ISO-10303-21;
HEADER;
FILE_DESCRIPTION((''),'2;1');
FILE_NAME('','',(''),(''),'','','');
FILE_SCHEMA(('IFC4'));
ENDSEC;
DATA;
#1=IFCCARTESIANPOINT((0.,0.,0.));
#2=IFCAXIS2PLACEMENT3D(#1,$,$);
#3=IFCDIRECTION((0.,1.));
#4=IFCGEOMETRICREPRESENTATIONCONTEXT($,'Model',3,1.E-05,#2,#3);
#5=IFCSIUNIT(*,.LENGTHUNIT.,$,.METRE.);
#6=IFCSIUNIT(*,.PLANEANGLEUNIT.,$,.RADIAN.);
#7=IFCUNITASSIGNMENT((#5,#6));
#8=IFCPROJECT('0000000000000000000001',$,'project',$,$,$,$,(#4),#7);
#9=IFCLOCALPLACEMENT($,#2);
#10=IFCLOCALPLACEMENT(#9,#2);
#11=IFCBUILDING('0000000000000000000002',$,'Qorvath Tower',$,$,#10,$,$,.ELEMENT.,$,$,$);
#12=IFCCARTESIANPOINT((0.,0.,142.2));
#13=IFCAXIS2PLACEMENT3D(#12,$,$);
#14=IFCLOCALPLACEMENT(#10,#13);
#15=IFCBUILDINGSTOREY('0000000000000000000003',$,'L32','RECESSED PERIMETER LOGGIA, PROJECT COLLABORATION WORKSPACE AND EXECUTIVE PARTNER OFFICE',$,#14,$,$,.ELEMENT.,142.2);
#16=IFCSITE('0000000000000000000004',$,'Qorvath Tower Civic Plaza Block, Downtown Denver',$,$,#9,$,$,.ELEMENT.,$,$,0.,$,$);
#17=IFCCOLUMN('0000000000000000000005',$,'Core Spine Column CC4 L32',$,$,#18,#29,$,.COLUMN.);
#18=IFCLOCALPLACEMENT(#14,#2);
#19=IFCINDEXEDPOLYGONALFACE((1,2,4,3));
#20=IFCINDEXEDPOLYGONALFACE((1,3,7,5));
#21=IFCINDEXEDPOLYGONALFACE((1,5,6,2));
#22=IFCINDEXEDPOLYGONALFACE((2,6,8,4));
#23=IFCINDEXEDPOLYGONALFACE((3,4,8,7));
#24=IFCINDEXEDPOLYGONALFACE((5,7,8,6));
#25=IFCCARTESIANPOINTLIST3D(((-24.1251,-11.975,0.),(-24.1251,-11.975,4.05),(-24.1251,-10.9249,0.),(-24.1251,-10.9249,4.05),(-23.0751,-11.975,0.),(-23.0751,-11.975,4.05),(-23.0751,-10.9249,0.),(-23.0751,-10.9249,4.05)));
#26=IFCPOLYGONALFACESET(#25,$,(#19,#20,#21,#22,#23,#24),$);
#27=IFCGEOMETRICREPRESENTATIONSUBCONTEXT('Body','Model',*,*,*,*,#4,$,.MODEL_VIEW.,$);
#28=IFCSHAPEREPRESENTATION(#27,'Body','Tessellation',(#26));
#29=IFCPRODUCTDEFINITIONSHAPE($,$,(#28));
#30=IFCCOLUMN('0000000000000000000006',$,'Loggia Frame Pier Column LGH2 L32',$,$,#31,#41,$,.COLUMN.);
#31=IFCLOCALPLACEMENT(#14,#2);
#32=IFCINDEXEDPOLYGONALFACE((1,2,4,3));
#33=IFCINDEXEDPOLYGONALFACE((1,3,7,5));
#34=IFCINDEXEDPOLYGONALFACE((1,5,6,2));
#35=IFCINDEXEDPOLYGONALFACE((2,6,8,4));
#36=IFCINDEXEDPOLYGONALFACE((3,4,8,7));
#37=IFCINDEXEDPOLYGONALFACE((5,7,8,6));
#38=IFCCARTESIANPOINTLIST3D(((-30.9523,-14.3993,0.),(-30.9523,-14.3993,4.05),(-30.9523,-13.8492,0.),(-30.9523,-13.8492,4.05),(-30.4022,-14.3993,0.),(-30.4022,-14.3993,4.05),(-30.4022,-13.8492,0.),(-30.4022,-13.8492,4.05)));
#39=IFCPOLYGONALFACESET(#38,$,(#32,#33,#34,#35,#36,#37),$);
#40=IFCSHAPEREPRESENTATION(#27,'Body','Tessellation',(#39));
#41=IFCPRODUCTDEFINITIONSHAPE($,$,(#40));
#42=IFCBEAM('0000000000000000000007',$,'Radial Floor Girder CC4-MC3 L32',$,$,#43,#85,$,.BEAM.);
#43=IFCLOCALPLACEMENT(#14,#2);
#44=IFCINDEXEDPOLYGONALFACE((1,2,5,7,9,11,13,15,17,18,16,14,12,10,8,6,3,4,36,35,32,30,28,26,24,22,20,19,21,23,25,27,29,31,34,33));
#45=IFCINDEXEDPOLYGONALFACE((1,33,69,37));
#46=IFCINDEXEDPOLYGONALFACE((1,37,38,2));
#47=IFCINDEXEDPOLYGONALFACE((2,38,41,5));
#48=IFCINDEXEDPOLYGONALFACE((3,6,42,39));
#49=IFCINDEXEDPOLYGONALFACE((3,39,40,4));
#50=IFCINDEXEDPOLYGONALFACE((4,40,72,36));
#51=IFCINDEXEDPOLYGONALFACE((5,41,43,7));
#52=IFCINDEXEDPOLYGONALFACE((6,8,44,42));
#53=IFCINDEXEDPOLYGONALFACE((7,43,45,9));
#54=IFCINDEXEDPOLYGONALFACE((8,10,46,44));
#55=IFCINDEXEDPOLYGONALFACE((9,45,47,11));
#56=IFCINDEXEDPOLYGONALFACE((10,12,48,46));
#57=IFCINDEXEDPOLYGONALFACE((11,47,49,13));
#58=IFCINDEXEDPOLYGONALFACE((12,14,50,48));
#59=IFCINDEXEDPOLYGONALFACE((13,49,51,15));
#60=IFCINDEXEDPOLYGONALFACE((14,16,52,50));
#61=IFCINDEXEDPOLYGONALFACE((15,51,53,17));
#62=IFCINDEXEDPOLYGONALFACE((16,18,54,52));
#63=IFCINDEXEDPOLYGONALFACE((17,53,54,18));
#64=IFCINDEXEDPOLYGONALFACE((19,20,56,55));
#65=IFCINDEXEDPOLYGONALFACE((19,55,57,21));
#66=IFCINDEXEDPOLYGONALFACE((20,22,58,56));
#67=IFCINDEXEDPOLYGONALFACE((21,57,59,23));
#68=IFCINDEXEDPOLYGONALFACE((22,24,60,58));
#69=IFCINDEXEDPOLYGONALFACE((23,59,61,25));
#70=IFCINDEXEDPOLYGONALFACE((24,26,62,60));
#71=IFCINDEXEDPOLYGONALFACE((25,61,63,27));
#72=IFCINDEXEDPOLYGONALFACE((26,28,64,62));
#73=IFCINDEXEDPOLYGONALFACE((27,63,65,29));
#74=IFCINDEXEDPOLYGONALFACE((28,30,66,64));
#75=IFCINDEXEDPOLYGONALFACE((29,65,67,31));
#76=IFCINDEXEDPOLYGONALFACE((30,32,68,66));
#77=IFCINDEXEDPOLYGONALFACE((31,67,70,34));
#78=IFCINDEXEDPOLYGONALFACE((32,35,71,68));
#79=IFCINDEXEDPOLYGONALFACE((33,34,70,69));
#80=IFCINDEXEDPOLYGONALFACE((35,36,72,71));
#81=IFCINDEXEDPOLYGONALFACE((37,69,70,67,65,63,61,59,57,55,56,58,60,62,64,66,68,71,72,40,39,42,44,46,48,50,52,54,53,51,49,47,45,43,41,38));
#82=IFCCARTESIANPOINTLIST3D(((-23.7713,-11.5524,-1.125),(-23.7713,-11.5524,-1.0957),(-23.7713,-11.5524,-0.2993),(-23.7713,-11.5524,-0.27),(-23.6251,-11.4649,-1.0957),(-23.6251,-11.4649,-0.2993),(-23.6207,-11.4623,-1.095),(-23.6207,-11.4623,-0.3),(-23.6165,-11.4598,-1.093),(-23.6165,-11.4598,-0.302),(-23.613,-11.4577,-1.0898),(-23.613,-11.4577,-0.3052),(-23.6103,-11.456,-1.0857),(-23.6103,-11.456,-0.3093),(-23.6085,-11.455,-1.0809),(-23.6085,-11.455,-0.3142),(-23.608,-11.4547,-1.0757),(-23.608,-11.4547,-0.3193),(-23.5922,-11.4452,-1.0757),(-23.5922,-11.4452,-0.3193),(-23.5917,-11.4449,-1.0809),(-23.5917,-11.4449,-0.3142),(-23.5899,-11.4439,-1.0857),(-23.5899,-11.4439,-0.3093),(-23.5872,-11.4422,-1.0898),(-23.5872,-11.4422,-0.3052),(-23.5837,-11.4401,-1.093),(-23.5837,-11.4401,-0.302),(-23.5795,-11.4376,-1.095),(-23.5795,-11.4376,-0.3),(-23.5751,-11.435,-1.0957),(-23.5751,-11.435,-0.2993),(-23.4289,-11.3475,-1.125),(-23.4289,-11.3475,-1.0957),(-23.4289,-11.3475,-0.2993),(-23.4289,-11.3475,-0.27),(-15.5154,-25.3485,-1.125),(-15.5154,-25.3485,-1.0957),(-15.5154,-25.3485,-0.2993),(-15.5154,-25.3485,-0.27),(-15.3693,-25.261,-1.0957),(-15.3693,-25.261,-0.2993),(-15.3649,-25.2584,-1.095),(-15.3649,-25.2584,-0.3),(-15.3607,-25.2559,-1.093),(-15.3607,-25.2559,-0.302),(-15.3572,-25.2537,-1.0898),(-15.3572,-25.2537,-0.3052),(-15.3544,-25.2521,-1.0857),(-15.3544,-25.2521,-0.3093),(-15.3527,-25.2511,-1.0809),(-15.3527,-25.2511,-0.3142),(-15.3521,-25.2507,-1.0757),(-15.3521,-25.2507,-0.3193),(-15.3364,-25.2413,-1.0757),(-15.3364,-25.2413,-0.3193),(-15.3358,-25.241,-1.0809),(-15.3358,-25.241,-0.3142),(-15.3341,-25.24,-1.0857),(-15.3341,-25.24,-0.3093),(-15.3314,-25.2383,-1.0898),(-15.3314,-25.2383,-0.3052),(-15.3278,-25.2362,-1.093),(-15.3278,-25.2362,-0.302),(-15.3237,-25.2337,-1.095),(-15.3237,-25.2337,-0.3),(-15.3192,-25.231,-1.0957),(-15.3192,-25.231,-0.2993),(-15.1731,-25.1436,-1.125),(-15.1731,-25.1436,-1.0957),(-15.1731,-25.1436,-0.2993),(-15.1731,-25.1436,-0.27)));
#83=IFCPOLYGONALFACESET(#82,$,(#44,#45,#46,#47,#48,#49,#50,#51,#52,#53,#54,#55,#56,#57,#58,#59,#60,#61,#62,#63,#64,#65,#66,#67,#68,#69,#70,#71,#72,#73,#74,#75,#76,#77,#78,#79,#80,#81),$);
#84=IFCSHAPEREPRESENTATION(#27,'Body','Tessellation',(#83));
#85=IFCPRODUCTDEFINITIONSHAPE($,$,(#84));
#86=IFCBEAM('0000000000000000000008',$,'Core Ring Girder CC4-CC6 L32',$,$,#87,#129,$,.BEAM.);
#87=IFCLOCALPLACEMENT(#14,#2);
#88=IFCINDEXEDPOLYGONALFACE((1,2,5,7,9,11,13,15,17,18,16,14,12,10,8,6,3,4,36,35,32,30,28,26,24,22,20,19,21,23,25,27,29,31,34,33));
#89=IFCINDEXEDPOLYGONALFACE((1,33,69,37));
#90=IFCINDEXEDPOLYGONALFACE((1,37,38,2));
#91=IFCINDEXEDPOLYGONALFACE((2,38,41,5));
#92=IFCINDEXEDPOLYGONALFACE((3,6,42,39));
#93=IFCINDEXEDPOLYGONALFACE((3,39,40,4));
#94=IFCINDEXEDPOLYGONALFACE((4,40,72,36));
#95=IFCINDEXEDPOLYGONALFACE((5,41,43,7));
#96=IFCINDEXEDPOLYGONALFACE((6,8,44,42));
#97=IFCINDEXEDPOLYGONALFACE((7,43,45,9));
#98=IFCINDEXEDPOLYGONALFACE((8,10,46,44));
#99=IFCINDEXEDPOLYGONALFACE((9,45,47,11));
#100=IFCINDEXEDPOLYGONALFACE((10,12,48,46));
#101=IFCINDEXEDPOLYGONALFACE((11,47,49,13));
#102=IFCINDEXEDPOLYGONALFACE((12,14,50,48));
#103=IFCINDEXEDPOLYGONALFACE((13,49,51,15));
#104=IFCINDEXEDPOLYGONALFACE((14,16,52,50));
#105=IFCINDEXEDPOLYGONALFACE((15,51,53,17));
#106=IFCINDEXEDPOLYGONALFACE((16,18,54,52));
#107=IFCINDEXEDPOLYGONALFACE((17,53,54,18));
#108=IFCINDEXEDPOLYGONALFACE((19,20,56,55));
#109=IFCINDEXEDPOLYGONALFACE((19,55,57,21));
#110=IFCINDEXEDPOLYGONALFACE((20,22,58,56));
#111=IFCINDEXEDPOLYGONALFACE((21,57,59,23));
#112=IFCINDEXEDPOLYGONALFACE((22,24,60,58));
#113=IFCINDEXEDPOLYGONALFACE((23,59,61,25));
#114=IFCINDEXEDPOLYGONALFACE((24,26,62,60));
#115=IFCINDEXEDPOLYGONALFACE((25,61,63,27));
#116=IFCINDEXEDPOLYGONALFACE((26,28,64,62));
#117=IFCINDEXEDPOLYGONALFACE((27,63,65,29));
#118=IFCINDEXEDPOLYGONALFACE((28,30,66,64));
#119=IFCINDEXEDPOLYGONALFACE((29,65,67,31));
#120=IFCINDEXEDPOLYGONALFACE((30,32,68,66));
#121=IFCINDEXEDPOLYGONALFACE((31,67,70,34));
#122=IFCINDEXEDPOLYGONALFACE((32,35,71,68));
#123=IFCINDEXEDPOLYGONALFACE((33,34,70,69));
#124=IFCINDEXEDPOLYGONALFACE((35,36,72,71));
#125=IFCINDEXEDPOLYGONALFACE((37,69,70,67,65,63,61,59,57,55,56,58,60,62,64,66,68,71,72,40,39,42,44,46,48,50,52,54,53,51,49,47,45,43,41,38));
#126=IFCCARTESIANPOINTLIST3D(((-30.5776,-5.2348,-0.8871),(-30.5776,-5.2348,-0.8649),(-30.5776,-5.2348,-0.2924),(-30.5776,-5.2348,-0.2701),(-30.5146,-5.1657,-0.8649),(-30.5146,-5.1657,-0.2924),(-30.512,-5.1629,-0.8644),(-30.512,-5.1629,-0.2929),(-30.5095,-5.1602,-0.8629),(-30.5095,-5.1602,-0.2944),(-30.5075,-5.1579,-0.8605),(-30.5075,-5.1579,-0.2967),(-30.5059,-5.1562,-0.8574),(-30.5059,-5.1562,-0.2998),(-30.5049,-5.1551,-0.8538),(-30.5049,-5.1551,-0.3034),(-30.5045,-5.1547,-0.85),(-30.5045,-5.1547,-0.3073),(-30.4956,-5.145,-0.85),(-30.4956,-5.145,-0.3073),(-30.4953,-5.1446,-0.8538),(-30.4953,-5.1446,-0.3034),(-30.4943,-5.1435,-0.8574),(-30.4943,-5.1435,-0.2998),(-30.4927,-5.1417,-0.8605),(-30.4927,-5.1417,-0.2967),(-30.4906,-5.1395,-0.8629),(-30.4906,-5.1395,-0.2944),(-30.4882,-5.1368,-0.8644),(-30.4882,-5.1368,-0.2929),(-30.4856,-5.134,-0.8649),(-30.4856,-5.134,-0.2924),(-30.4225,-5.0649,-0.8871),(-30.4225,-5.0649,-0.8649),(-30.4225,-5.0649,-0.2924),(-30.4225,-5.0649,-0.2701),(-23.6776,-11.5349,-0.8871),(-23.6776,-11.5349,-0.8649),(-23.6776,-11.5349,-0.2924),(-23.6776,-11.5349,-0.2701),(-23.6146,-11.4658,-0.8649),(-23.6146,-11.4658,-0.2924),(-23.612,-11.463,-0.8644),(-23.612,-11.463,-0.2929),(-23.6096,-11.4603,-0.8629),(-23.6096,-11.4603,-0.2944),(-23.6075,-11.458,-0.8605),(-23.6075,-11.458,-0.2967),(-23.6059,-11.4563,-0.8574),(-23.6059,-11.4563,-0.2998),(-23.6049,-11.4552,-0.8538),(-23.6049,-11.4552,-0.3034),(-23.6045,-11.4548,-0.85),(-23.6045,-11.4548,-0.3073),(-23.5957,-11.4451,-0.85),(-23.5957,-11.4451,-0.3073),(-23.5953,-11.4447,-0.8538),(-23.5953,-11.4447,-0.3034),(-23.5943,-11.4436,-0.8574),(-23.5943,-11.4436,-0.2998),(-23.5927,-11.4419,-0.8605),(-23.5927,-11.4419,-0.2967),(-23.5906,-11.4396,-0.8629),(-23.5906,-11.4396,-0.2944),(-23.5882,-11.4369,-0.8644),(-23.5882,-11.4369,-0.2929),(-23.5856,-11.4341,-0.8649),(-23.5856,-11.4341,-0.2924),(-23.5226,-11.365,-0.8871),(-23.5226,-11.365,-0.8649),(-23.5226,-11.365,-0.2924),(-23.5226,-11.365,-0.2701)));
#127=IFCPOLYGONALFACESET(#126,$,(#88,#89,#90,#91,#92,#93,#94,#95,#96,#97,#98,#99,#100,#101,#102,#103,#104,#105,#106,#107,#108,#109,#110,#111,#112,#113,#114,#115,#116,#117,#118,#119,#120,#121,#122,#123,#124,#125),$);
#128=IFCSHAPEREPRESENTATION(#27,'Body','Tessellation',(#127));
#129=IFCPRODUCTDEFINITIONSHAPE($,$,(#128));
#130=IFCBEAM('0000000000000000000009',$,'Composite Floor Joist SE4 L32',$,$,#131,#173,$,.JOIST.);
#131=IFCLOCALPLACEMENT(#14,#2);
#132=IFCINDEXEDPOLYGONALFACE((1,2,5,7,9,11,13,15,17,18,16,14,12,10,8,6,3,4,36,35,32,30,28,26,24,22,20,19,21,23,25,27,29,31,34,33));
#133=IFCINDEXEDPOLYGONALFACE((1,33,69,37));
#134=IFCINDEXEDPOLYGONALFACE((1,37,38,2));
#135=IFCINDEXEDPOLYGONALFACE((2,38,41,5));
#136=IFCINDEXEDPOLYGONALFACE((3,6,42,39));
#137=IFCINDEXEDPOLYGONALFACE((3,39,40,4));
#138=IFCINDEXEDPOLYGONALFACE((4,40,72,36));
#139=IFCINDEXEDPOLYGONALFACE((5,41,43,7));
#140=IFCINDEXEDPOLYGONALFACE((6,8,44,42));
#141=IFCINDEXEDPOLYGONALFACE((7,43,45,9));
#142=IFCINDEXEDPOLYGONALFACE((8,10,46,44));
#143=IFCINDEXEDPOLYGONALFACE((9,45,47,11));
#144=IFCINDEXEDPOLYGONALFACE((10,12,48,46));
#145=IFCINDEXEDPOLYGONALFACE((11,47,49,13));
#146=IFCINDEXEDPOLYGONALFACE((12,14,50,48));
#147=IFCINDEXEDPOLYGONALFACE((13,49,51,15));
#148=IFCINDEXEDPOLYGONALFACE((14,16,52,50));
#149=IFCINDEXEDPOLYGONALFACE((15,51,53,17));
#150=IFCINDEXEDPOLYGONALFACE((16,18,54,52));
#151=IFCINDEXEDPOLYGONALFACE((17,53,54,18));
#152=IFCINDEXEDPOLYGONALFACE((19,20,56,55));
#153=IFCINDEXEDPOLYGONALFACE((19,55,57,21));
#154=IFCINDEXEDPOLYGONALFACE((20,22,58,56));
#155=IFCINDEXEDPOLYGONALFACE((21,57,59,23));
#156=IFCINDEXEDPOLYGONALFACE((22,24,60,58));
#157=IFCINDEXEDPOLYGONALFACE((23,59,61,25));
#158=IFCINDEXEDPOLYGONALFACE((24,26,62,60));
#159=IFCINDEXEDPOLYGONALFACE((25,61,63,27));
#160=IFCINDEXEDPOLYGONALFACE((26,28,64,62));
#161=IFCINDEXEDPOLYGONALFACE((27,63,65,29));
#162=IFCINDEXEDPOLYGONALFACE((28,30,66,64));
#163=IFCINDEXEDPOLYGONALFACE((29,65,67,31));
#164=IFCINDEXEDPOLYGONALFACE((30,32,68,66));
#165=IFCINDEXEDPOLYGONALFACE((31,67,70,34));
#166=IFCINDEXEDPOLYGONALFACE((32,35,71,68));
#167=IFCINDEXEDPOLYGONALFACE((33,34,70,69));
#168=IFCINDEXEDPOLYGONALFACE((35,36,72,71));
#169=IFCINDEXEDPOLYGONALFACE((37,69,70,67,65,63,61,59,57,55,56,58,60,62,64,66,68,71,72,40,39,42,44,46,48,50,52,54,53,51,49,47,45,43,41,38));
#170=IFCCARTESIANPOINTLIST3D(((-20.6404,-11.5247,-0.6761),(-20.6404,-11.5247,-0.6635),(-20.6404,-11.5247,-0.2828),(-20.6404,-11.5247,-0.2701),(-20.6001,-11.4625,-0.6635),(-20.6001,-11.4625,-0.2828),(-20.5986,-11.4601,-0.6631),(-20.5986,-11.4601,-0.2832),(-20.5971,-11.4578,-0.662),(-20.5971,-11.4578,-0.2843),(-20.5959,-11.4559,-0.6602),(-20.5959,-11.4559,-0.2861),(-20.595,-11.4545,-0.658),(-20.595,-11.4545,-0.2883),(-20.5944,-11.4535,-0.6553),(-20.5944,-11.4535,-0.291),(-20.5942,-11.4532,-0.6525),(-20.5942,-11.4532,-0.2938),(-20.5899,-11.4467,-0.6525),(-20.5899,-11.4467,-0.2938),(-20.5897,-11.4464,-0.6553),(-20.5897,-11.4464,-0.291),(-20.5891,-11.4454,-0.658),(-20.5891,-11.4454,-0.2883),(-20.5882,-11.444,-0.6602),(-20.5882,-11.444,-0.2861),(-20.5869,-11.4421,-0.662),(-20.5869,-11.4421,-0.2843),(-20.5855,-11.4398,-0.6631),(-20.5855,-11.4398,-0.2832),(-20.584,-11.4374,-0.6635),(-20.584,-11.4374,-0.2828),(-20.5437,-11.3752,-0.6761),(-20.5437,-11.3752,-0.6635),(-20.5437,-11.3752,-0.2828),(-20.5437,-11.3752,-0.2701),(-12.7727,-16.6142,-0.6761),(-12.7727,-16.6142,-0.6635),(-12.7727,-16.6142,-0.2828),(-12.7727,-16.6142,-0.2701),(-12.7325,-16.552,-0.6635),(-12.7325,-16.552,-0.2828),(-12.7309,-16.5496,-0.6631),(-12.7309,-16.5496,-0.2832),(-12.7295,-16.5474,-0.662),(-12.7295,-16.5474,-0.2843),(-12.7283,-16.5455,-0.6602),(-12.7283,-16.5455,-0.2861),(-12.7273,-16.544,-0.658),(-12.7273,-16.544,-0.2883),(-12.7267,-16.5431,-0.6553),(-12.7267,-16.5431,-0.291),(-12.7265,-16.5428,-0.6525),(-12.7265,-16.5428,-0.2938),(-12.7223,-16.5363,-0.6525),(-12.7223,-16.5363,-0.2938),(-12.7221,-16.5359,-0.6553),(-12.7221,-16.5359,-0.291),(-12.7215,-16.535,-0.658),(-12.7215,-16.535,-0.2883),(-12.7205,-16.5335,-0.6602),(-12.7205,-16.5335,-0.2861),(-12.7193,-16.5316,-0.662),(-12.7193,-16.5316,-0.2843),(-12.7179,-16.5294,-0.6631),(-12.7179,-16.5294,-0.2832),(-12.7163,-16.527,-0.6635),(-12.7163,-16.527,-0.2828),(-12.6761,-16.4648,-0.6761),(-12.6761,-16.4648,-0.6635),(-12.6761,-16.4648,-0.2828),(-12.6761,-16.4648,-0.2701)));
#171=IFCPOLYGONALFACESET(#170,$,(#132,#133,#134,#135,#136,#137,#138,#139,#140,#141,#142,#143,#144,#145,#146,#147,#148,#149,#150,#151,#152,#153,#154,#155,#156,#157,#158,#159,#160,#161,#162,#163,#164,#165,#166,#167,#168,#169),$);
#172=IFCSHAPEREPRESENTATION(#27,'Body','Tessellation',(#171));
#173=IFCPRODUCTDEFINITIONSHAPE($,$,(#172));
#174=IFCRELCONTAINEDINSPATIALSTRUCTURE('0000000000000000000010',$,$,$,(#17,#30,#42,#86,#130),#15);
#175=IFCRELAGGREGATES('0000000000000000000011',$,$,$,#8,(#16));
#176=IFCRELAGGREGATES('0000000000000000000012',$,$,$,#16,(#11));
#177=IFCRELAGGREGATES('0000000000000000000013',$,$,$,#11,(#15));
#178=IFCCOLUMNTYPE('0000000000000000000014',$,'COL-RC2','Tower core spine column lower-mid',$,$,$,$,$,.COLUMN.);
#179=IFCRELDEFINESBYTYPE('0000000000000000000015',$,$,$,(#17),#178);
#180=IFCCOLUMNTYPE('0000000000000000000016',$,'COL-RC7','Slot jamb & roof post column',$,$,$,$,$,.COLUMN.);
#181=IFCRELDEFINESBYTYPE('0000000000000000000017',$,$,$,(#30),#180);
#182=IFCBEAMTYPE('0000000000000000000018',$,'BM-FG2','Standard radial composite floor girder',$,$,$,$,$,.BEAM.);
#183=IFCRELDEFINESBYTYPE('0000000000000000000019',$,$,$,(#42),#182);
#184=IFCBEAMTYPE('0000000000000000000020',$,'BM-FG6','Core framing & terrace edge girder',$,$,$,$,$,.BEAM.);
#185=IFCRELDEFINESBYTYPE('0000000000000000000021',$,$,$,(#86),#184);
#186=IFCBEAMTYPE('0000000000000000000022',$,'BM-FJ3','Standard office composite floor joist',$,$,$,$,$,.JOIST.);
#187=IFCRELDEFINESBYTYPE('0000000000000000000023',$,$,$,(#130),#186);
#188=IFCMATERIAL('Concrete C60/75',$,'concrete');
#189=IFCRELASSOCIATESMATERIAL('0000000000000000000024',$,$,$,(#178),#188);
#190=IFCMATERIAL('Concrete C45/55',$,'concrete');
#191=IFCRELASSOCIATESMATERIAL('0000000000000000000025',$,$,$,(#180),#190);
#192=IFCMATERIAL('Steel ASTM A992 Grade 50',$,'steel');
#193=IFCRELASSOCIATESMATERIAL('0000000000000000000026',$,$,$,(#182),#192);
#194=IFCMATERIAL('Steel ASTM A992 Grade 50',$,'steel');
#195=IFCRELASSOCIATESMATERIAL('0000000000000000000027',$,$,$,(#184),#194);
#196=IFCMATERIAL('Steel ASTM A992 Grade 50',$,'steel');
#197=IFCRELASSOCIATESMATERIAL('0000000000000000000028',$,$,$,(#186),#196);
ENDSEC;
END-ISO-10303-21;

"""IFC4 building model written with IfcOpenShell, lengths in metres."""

from ifc_helpers import new_model, si_unit, direction, frame, origin, origin_2d, place, context, subcontext, project, spatial, rectangle, i_section, extrude, material, material_profile, profile_set, type_object, element, save


model = new_model("IFC4")

# Units and contexts
model_context = context("Model", 3, precision=1e-05, world=origin(), true_north=direction((0.0, 1.0)))
body_context = subcontext(model_context, "Body", "Model", "MODEL_VIEW")
ifc_project = project(units=[si_unit("LENGTHUNIT", "METRE"), si_unit("PLANEANGLEUNIT", "RADIAN")], contexts=[model_context])

# Site, building, storey
site_placement = place(None, origin())
site = spatial("IfcSite", under=ifc_project, at=site_placement, Name="Qorvath Tower Civic Plaza Block, Downtown Denver", CompositionType="ELEMENT", RefElevation=0.0)
building_placement = place(site_placement, origin())
building = spatial("IfcBuilding", under=site, at=building_placement, Name="Qorvath Tower", CompositionType="ELEMENT")
storey_placement = place(building_placement, frame((0.0, 0.0, 142.2)))
storey = spatial("IfcBuildingStorey", under=building, at=storey_placement, Name="L32", Description="RECESSED PERIMETER LOGGIA, PROJECT COLLABORATION WORKSPACE AND EXECUTIVE PARTNER OFFICE", CompositionType="ELEMENT", Elevation=142.2)

# Columns
ifc_material_1 = material(Name="Concrete C60/75", Category="concrete")
ifc_material_profile_1 = material_profile(ifc_material_1, rectangle(XDim=1.05, YDim=1.05, at=origin_2d()), Name="RC 1050x1050")
ifc_profile_set_1 = profile_set([ifc_material_profile_1], Name="Concrete C60/75")
column_type_1 = type_object("IfcColumnType", Name="COL-RC2", Description="Tower core spine column lower-mid", PredefinedType="COLUMN", material=ifc_profile_set_1)
column_1_placement = place(storey_placement, frame((-23.6001, -11.45, 0.0), z_axis=(0.0, 0.0, 1.0), x_axis=(1.0, 0.0, 0.0)))
element("IfcColumn", 1, at=column_1_placement, inside=storey, type_object=column_type_1, Name="Core Spine Column CC4 L32", PredefinedType="COLUMN", context=body_context, shape_type="SweptSolid", body=[
    extrude(rectangle(XDim=1.05, YDim=1.05, at=origin_2d()), origin(), (0.0, 0.0, 1.0), 4.05),
])
ifc_material_2 = material(Name="Concrete C45/55", Category="concrete")
ifc_material_profile_2 = material_profile(ifc_material_2, rectangle(XDim=0.55, YDim=0.55, at=origin_2d()), Name="RC 550x550")
ifc_profile_set_2 = profile_set([ifc_material_profile_2], Name="Concrete C45/55")
column_type_2 = type_object("IfcColumnType", Name="COL-RC7", Description="Slot jamb & roof post column", PredefinedType="COLUMN", material=ifc_profile_set_2)
column_2_placement = place(storey_placement, frame((-30.6772, -14.1243, 0.0), z_axis=(0.0, 0.0, 1.0), x_axis=(1.0, 0.0, 0.0)))
element("IfcColumn", 2, at=column_2_placement, inside=storey, type_object=column_type_2, Name="Loggia Frame Pier Column LGH2 L32", PredefinedType="COLUMN", context=body_context, shape_type="SweptSolid", body=[
    extrude(rectangle(XDim=0.55, YDim=0.55, at=origin_2d()), origin(), (0.0, 0.0, 1.0), 4.05),
])

# Beams
ifc_material_3 = material(Name="Steel ASTM A992 Grade 50", Category="steel")
ifc_material_profile_3 = material_profile(ifc_material_3, i_section(OverallWidth=0.3989, OverallDepth=0.855, WebThickness=0.0183, FlangeThickness=0.0293, FilletRadius=0.02, at=origin_2d()), Name="W33x201")
ifc_profile_set_3 = profile_set([ifc_material_profile_3], Name="Steel ASTM A992 Grade 50")
beam_type_1 = type_object("IfcBeamType", Name="BM-FG2", Description="Standard radial composite floor girder", PredefinedType="BEAM", material=ifc_profile_set_3)
beam_1_placement = place(storey_placement, frame((-23.6001, -11.45, -0.6975), z_axis=(0.513497, -0.858091, 0.0), x_axis=(0.858091, 0.513497, 0.0)))
element("IfcBeam", 3, at=beam_1_placement, inside=storey, type_object=beam_type_1, Name="Radial Floor Girder CC4-MC3 L32", PredefinedType="BEAM", context=body_context, shape_type="SweptSolid", body=[
    extrude(i_section(OverallWidth=0.3989, OverallDepth=0.855, WebThickness=0.0183, FlangeThickness=0.0293, FilletRadius=0.02, at=origin_2d()), origin(), (0.0, 0.0, 1.0), 16.0776),
])
ifc_material_4 = material(Name="Steel ASTM A992 Grade 50", Category="steel")
ifc_material_profile_4 = material_profile(ifc_material_4, i_section(OverallWidth=0.23, OverallDepth=0.6169, WebThickness=0.0132, FlangeThickness=0.0222, FilletRadius=0.0149, at=origin_2d()), Name="W24x94")
ifc_profile_set_4 = profile_set([ifc_material_profile_4], Name="Steel ASTM A992 Grade 50")
beam_type_2 = type_object("IfcBeamType", Name="BM-FG6", Description="Core framing & terrace edge girder", PredefinedType="BEAM", material=ifc_profile_set_4)
beam_2_placement = place(storey_placement, frame((-23.6001, -11.45, -0.5786), z_axis=(-0.738478, 0.674277, 0.0), x_axis=(-0.674277, -0.738478, 0.0)))
element("IfcBeam", 4, at=beam_2_placement, inside=storey, type_object=beam_type_2, Name="Core Ring Girder CC4-CC6 L32", PredefinedType="BEAM", context=body_context, shape_type="SweptSolid", body=[
    extrude(i_section(OverallWidth=0.23, OverallDepth=0.6169, WebThickness=0.0132, FlangeThickness=0.0222, FilletRadius=0.0149, at=origin_2d()), origin(), (0.0, 0.0, 1.0), 9.3435),
])
ifc_material_5 = material(Name="Steel ASTM A992 Grade 50", Category="steel")
ifc_material_profile_5 = material_profile(ifc_material_5, i_section(OverallWidth=0.178, OverallDepth=0.406, WebThickness=0.0078, FlangeThickness=0.0127, FilletRadius=0.011, at=origin_2d()), Name="W16x40")
ifc_profile_set_5 = profile_set([ifc_material_profile_5], Name="Steel ASTM A992 Grade 50")
beam_type_3 = type_object("IfcBeamType", Name="BM-FJ3", Description="Standard office composite floor joist", PredefinedType="JOIST", material=ifc_profile_set_5)
beam_3_placement = place(storey_placement, frame((-20.592, -11.45, -0.4731), z_axis=(0.839631, -0.543157, 0.0), x_axis=(0.543157, 0.839631, 0.0)))
element("IfcBeam", 5, at=beam_3_placement, inside=storey, type_object=beam_type_3, Name="Composite Floor Joist SE4 L32", PredefinedType="JOIST", context=body_context, shape_type="SweptSolid", body=[
    extrude(i_section(OverallWidth=0.178, OverallDepth=0.406, WebThickness=0.0078, FlangeThickness=0.0127, FilletRadius=0.011, at=origin_2d()), origin(), (0.0, 0.0, 1.0), 9.3704),
])

save(model, "model.ifc")
